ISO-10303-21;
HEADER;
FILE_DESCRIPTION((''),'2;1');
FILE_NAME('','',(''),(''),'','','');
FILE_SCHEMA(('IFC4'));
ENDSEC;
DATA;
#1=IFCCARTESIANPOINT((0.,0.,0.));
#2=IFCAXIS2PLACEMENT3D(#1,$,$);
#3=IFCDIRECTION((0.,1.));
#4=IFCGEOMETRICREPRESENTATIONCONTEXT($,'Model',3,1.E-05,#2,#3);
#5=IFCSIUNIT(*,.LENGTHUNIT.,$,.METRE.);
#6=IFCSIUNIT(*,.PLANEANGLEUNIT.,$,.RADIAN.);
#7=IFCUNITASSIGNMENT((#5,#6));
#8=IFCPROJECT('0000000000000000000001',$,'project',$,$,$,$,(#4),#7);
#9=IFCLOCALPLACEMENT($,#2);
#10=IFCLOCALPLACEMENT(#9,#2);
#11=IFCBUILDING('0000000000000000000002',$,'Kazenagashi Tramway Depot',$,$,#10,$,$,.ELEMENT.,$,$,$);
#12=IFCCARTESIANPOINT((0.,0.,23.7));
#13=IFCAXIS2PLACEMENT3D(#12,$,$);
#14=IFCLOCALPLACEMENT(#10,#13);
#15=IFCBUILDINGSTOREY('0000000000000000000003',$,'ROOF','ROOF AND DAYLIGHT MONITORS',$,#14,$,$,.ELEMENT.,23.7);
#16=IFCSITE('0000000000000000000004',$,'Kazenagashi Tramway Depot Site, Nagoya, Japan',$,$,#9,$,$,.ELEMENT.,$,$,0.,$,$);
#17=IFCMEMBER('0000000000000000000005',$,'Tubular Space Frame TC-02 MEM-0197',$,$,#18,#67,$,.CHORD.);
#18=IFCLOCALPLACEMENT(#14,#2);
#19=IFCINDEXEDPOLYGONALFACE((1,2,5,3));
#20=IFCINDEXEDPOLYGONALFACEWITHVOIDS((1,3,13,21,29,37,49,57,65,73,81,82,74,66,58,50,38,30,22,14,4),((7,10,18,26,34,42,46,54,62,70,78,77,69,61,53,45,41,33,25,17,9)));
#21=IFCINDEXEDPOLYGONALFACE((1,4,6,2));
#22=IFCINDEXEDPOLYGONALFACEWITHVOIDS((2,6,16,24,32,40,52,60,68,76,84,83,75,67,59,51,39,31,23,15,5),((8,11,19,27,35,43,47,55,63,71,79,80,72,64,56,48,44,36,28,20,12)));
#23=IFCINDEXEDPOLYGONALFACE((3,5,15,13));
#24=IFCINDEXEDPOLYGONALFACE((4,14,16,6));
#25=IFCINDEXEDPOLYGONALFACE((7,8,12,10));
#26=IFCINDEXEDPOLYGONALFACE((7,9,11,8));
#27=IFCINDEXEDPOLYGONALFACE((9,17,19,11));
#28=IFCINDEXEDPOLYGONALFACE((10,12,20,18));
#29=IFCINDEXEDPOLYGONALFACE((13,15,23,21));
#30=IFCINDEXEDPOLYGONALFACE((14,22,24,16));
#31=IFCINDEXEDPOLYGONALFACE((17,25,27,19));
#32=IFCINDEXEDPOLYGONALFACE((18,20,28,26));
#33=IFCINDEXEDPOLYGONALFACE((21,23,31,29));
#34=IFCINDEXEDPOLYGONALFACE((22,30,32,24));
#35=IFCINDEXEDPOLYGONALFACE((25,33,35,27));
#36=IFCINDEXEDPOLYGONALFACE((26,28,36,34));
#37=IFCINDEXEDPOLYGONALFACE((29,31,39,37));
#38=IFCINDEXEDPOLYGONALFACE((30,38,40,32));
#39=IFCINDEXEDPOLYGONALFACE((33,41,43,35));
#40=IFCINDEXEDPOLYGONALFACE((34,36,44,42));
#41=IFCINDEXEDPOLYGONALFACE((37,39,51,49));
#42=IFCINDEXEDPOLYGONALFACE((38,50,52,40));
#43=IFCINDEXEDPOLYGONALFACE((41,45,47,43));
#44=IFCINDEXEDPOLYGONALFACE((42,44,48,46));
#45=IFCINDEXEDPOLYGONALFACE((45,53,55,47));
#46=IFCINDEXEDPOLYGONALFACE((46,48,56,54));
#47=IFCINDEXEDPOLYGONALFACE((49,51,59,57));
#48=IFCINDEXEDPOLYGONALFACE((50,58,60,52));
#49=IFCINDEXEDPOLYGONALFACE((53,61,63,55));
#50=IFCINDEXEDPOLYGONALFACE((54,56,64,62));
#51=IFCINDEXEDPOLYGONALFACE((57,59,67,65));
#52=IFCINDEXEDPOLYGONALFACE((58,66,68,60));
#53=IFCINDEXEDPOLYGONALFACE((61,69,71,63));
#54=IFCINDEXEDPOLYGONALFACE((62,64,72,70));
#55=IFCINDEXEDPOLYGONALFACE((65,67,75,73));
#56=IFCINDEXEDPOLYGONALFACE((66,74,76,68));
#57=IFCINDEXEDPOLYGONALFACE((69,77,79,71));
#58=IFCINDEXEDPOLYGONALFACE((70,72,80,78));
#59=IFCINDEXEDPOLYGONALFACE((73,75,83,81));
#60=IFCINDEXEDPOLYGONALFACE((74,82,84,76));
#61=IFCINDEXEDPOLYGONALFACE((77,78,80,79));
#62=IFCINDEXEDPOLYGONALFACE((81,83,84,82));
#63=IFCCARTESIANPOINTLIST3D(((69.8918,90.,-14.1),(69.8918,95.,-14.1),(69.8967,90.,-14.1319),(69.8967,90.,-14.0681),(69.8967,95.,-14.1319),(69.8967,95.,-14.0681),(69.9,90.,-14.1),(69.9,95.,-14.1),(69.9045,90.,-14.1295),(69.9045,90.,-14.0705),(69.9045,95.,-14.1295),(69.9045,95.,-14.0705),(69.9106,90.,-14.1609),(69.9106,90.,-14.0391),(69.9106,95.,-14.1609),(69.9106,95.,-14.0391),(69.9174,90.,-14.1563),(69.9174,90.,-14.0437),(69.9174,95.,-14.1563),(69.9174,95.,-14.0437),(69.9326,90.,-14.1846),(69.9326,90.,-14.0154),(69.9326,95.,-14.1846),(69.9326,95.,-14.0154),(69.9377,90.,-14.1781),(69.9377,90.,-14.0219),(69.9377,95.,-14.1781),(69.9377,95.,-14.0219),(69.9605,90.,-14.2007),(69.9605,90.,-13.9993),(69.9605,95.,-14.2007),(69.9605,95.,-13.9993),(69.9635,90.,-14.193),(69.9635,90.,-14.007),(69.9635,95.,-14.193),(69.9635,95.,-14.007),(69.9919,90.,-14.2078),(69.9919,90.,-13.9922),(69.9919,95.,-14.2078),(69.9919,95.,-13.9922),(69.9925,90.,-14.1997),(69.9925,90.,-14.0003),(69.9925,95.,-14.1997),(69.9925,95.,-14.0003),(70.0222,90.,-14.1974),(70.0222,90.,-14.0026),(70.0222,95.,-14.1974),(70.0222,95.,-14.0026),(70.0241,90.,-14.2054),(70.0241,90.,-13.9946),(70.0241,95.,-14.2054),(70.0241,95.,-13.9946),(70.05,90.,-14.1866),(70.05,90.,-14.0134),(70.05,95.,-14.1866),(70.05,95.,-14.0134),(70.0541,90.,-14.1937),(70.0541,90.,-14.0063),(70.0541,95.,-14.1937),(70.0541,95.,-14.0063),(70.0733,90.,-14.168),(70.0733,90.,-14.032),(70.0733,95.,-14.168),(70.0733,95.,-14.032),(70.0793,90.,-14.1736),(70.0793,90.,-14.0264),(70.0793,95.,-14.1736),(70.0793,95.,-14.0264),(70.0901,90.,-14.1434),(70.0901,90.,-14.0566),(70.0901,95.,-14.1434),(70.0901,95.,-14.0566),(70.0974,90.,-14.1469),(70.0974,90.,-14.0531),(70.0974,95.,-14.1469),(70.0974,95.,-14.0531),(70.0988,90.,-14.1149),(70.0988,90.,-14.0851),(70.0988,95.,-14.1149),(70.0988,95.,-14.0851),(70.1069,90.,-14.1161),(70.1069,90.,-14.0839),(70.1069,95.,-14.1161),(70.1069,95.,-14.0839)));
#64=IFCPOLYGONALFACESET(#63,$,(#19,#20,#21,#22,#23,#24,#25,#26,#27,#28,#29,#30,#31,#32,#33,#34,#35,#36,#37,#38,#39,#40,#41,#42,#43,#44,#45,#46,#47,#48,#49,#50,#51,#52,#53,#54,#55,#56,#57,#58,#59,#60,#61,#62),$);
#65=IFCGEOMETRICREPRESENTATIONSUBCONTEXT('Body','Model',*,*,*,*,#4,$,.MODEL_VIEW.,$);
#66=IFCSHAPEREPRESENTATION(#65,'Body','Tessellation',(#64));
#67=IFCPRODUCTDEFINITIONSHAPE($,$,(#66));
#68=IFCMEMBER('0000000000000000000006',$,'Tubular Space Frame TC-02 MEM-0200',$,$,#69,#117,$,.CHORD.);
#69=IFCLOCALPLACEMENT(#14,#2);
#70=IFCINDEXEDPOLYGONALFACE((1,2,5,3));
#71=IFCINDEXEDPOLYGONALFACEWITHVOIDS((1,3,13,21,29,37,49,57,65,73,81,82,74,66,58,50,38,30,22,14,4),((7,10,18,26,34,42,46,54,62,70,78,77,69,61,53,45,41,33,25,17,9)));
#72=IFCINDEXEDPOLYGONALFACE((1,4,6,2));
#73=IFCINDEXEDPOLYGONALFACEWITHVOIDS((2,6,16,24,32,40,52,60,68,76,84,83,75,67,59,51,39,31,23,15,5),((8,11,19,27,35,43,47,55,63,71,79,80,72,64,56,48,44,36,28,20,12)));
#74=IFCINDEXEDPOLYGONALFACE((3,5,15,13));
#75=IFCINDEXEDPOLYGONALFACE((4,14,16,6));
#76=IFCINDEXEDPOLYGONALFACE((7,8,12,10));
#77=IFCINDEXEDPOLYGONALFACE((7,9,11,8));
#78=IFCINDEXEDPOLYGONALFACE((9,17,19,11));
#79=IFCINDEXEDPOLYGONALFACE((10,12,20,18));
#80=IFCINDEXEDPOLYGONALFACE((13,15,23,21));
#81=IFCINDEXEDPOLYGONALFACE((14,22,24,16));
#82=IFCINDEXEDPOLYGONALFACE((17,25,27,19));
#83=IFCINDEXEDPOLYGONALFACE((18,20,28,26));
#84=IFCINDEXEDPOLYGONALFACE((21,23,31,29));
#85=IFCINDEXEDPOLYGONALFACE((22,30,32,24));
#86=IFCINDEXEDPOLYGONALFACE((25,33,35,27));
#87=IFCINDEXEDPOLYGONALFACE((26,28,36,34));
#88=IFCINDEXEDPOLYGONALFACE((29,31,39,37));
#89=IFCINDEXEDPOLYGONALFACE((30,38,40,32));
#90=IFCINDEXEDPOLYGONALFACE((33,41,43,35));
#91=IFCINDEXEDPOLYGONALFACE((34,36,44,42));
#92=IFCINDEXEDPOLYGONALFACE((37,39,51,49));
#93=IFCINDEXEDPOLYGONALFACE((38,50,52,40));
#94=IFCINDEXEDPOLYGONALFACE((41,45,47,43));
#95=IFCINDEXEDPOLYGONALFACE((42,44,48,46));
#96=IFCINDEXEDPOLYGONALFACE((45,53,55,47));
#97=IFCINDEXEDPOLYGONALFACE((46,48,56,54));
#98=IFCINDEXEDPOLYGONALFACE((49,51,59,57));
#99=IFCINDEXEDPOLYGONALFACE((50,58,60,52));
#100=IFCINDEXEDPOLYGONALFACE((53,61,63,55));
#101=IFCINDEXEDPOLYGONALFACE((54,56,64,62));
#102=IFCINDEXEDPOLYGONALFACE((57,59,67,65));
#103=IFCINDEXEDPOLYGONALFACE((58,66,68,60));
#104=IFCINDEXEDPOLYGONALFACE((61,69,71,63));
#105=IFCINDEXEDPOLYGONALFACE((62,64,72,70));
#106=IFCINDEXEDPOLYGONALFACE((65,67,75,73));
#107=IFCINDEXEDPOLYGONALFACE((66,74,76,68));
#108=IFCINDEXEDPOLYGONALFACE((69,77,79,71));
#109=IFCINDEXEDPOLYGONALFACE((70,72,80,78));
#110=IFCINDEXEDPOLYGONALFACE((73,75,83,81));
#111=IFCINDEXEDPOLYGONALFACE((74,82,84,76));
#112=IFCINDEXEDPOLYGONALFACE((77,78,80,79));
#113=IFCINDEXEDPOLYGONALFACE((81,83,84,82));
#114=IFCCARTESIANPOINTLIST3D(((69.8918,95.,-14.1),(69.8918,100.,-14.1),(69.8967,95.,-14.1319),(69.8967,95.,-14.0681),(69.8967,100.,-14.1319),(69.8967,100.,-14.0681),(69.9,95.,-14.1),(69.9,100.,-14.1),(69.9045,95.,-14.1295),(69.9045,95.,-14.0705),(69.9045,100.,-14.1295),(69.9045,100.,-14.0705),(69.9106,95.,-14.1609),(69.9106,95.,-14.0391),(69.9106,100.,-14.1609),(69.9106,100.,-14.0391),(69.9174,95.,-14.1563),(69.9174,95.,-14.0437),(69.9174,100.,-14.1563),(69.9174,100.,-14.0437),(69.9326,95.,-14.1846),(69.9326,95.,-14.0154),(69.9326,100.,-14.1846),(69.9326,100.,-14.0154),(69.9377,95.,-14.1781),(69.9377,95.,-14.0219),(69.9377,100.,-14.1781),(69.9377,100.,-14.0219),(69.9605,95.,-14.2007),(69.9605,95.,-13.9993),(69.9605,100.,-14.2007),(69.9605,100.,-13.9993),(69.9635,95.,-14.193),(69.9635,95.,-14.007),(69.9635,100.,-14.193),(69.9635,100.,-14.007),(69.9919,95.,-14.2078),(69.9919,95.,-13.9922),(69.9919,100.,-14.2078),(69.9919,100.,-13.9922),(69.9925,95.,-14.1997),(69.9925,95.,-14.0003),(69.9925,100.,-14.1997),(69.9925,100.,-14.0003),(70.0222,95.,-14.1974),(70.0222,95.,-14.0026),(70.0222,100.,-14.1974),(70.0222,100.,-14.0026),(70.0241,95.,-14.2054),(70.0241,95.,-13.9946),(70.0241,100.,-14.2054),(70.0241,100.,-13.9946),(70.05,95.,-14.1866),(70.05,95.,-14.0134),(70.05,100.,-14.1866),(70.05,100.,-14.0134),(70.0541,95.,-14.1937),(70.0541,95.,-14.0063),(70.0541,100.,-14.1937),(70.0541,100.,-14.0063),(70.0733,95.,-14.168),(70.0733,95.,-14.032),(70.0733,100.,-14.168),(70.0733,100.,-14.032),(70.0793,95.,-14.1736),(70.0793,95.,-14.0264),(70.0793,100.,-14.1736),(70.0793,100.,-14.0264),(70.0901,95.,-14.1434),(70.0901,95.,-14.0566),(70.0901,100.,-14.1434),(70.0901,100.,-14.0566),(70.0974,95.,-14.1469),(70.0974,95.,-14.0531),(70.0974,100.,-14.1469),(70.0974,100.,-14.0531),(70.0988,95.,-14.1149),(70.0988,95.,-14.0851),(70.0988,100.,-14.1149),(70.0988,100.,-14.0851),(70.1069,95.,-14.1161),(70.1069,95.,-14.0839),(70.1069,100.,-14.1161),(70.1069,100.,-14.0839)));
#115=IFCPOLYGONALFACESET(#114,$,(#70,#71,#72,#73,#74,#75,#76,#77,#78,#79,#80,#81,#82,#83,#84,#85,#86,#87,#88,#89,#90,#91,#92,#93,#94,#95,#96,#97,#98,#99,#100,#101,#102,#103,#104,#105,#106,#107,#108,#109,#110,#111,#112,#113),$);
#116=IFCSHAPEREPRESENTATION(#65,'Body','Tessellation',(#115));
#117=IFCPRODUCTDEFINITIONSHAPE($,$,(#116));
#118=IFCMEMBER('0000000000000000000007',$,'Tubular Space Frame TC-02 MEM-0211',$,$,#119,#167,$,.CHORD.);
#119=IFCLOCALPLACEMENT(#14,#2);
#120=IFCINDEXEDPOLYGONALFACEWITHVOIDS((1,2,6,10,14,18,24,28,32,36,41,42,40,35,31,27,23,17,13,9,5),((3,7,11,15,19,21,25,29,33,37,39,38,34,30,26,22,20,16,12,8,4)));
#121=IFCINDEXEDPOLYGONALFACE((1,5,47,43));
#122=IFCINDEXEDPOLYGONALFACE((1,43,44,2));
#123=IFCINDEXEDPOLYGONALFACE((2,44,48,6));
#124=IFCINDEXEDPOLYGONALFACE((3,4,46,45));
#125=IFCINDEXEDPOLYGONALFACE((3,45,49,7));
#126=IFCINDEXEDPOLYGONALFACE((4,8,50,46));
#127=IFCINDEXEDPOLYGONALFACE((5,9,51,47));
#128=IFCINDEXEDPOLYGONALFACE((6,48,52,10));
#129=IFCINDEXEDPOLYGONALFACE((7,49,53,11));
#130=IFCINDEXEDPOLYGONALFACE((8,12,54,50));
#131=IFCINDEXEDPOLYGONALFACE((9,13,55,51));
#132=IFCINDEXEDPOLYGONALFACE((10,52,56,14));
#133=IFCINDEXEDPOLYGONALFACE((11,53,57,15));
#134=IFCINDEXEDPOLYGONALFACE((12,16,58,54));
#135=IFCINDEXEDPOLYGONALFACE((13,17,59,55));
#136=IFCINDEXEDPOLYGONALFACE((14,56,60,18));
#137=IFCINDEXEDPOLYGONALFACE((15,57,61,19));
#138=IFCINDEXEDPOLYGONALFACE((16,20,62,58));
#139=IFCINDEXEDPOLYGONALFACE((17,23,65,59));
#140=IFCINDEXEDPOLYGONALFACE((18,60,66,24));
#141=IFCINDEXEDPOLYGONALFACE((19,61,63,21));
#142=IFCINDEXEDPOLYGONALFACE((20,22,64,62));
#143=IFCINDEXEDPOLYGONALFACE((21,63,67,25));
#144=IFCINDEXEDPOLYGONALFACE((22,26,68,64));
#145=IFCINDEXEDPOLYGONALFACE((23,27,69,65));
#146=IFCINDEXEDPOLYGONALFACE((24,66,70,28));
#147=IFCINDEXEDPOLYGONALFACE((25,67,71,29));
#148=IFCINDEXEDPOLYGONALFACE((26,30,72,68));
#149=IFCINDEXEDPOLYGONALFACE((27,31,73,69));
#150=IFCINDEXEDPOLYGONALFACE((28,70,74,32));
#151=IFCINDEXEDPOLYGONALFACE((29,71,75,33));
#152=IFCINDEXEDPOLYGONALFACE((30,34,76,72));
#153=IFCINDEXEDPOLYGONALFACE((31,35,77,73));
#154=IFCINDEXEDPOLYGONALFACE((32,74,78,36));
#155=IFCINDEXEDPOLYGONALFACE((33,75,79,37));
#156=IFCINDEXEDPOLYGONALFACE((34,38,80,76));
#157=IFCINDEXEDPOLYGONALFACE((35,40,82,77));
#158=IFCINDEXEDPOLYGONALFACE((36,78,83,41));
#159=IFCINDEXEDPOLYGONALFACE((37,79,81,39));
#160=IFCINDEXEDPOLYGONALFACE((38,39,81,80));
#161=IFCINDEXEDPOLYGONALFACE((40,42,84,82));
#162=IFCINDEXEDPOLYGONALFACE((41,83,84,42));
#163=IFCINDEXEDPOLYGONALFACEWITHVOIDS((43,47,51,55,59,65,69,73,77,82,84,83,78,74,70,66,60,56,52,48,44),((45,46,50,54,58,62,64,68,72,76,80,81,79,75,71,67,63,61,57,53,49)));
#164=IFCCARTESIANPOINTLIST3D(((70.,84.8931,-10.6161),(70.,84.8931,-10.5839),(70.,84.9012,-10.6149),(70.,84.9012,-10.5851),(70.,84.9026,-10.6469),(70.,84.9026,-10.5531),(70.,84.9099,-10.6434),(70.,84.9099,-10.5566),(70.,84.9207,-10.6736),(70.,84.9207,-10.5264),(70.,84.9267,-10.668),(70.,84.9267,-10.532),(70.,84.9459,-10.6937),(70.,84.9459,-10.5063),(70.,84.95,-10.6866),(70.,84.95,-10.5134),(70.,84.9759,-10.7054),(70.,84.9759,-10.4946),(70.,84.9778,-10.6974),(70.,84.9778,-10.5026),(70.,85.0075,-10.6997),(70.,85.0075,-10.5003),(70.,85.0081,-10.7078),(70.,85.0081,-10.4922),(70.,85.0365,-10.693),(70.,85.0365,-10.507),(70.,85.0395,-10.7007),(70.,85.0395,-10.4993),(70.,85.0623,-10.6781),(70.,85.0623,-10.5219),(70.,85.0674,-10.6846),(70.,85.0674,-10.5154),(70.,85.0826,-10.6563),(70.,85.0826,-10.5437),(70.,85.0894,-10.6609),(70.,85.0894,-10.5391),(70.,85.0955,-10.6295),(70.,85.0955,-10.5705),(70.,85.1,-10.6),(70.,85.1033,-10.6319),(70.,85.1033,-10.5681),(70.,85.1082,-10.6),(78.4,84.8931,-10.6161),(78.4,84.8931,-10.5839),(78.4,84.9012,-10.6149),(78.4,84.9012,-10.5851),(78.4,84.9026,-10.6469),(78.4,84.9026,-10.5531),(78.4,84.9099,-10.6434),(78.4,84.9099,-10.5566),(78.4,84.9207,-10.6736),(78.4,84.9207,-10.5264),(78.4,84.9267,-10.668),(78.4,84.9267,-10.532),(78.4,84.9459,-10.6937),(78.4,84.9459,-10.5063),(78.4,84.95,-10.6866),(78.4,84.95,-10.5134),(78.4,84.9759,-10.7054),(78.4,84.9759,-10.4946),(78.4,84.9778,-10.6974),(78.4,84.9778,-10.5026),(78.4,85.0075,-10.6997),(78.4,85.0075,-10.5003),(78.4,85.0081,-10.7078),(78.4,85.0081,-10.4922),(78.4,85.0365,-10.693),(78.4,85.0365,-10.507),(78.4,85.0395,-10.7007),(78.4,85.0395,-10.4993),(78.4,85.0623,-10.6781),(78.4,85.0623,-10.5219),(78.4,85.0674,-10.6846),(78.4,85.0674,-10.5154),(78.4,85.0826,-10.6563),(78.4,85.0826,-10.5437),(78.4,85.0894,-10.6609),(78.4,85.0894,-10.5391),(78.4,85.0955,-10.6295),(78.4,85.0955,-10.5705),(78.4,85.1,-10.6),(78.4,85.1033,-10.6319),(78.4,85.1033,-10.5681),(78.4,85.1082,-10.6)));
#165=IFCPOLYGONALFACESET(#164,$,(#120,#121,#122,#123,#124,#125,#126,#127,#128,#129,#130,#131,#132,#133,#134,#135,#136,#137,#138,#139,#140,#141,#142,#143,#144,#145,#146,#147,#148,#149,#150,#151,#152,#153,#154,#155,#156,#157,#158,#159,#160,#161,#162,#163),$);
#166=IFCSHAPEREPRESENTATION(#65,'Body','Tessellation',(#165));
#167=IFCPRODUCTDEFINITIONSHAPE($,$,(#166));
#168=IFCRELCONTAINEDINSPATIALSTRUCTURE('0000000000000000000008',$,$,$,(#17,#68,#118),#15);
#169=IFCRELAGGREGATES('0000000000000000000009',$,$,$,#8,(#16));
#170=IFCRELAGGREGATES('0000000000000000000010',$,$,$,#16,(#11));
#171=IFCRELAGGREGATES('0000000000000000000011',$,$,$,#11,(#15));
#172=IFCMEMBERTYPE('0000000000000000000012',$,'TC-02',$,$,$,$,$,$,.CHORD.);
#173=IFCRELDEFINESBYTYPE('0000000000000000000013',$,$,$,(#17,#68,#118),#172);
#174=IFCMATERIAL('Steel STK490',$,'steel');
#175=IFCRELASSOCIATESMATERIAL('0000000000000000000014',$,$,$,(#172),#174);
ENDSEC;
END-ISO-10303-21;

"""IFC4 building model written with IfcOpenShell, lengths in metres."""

from ifc_helpers import new_model, si_unit, direction, frame, origin, origin_2d, place, context, subcontext, project, spatial, hollow_circle, extrude, material, material_profile, profile_set, type_object, element, save


model = new_model("IFC4")

# Units and contexts
model_context = context("Model", 3, precision=1e-05, world=origin(), true_north=direction((0.0, 1.0)))
body_context = subcontext(model_context, "Body", "Model", "MODEL_VIEW")
ifc_project = project(units=[si_unit("LENGTHUNIT", "METRE"), si_unit("PLANEANGLEUNIT", "RADIAN")], contexts=[model_context])

# Site, building, storey
site_placement = place(None, origin())
site = spatial("IfcSite", under=ifc_project, at=site_placement, Name="Kazenagashi Tramway Depot Site, Nagoya, Japan", CompositionType="ELEMENT", RefElevation=0.0)
building_placement = place(site_placement, origin())
building = spatial("IfcBuilding", under=site, at=building_placement, Name="Kazenagashi Tramway Depot", CompositionType="ELEMENT")
storey_placement = place(building_placement, frame((0.0, 0.0, 23.7)))
storey = spatial("IfcBuildingStorey", under=building, at=storey_placement, Name="ROOF", Description="ROOF AND DAYLIGHT MONITORS", CompositionType="ELEMENT", Elevation=23.7)

# Members
ifc_material_1 = material(Name="Steel STK490", Category="steel")
ifc_material_profile_1 = material_profile(ifc_material_1, hollow_circle(Radius=0.1081, WallThickness=0.0082, at=origin_2d()), Name="CHS-216.3x8.2")
ifc_profile_set_1 = profile_set([ifc_material_profile_1], Name="Steel STK490")
member_type_1 = type_object("IfcMemberType", Name="TC-02", PredefinedType="CHORD", material=ifc_profile_set_1)
for number, where, z_axis, x_axis, name in (
    (1, (70.0, 90.0, -14.1), (0.0, 1.0, 0.0), (-1.0, 0.0, 0.0), "Tubular Space Frame TC-02 MEM-0197"),
    (2, (70.0, 95.0, -14.1), (0.0, 1.0, 0.0), (-1.0, 0.0, 0.0), "Tubular Space Frame TC-02 MEM-0200"),
):
    element("IfcMember", number, at=place(storey_placement, frame(where, z_axis=z_axis, x_axis=x_axis)), inside=storey, type_object=member_type_1, Name=name, PredefinedType="CHORD", context=body_context, shape_type="SweptSolid", body=[
        extrude(hollow_circle(Radius=0.1081, WallThickness=0.0082, at=origin_2d()), origin(), (0.0, 0.0, 1.0), 5.0),
    ])
for number, where, z_axis, x_axis, name in (
    (3, (70.0, 85.0, -10.6), (1.0, 0.0, 0.0), (0.0, 1.0, 0.0), "Tubular Space Frame TC-02 MEM-0211"),
):
    element("IfcMember", number, at=place(storey_placement, frame(where, z_axis=z_axis, x_axis=x_axis)), inside=storey, type_object=member_type_1, Name=name, PredefinedType="CHORD", context=body_context, shape_type="SweptSolid", body=[
        extrude(hollow_circle(Radius=0.1081, WallThickness=0.0082, at=origin_2d()), origin(), (0.0, 0.0, 1.0), 8.4),
    ])

save(model, "model.ifc")
